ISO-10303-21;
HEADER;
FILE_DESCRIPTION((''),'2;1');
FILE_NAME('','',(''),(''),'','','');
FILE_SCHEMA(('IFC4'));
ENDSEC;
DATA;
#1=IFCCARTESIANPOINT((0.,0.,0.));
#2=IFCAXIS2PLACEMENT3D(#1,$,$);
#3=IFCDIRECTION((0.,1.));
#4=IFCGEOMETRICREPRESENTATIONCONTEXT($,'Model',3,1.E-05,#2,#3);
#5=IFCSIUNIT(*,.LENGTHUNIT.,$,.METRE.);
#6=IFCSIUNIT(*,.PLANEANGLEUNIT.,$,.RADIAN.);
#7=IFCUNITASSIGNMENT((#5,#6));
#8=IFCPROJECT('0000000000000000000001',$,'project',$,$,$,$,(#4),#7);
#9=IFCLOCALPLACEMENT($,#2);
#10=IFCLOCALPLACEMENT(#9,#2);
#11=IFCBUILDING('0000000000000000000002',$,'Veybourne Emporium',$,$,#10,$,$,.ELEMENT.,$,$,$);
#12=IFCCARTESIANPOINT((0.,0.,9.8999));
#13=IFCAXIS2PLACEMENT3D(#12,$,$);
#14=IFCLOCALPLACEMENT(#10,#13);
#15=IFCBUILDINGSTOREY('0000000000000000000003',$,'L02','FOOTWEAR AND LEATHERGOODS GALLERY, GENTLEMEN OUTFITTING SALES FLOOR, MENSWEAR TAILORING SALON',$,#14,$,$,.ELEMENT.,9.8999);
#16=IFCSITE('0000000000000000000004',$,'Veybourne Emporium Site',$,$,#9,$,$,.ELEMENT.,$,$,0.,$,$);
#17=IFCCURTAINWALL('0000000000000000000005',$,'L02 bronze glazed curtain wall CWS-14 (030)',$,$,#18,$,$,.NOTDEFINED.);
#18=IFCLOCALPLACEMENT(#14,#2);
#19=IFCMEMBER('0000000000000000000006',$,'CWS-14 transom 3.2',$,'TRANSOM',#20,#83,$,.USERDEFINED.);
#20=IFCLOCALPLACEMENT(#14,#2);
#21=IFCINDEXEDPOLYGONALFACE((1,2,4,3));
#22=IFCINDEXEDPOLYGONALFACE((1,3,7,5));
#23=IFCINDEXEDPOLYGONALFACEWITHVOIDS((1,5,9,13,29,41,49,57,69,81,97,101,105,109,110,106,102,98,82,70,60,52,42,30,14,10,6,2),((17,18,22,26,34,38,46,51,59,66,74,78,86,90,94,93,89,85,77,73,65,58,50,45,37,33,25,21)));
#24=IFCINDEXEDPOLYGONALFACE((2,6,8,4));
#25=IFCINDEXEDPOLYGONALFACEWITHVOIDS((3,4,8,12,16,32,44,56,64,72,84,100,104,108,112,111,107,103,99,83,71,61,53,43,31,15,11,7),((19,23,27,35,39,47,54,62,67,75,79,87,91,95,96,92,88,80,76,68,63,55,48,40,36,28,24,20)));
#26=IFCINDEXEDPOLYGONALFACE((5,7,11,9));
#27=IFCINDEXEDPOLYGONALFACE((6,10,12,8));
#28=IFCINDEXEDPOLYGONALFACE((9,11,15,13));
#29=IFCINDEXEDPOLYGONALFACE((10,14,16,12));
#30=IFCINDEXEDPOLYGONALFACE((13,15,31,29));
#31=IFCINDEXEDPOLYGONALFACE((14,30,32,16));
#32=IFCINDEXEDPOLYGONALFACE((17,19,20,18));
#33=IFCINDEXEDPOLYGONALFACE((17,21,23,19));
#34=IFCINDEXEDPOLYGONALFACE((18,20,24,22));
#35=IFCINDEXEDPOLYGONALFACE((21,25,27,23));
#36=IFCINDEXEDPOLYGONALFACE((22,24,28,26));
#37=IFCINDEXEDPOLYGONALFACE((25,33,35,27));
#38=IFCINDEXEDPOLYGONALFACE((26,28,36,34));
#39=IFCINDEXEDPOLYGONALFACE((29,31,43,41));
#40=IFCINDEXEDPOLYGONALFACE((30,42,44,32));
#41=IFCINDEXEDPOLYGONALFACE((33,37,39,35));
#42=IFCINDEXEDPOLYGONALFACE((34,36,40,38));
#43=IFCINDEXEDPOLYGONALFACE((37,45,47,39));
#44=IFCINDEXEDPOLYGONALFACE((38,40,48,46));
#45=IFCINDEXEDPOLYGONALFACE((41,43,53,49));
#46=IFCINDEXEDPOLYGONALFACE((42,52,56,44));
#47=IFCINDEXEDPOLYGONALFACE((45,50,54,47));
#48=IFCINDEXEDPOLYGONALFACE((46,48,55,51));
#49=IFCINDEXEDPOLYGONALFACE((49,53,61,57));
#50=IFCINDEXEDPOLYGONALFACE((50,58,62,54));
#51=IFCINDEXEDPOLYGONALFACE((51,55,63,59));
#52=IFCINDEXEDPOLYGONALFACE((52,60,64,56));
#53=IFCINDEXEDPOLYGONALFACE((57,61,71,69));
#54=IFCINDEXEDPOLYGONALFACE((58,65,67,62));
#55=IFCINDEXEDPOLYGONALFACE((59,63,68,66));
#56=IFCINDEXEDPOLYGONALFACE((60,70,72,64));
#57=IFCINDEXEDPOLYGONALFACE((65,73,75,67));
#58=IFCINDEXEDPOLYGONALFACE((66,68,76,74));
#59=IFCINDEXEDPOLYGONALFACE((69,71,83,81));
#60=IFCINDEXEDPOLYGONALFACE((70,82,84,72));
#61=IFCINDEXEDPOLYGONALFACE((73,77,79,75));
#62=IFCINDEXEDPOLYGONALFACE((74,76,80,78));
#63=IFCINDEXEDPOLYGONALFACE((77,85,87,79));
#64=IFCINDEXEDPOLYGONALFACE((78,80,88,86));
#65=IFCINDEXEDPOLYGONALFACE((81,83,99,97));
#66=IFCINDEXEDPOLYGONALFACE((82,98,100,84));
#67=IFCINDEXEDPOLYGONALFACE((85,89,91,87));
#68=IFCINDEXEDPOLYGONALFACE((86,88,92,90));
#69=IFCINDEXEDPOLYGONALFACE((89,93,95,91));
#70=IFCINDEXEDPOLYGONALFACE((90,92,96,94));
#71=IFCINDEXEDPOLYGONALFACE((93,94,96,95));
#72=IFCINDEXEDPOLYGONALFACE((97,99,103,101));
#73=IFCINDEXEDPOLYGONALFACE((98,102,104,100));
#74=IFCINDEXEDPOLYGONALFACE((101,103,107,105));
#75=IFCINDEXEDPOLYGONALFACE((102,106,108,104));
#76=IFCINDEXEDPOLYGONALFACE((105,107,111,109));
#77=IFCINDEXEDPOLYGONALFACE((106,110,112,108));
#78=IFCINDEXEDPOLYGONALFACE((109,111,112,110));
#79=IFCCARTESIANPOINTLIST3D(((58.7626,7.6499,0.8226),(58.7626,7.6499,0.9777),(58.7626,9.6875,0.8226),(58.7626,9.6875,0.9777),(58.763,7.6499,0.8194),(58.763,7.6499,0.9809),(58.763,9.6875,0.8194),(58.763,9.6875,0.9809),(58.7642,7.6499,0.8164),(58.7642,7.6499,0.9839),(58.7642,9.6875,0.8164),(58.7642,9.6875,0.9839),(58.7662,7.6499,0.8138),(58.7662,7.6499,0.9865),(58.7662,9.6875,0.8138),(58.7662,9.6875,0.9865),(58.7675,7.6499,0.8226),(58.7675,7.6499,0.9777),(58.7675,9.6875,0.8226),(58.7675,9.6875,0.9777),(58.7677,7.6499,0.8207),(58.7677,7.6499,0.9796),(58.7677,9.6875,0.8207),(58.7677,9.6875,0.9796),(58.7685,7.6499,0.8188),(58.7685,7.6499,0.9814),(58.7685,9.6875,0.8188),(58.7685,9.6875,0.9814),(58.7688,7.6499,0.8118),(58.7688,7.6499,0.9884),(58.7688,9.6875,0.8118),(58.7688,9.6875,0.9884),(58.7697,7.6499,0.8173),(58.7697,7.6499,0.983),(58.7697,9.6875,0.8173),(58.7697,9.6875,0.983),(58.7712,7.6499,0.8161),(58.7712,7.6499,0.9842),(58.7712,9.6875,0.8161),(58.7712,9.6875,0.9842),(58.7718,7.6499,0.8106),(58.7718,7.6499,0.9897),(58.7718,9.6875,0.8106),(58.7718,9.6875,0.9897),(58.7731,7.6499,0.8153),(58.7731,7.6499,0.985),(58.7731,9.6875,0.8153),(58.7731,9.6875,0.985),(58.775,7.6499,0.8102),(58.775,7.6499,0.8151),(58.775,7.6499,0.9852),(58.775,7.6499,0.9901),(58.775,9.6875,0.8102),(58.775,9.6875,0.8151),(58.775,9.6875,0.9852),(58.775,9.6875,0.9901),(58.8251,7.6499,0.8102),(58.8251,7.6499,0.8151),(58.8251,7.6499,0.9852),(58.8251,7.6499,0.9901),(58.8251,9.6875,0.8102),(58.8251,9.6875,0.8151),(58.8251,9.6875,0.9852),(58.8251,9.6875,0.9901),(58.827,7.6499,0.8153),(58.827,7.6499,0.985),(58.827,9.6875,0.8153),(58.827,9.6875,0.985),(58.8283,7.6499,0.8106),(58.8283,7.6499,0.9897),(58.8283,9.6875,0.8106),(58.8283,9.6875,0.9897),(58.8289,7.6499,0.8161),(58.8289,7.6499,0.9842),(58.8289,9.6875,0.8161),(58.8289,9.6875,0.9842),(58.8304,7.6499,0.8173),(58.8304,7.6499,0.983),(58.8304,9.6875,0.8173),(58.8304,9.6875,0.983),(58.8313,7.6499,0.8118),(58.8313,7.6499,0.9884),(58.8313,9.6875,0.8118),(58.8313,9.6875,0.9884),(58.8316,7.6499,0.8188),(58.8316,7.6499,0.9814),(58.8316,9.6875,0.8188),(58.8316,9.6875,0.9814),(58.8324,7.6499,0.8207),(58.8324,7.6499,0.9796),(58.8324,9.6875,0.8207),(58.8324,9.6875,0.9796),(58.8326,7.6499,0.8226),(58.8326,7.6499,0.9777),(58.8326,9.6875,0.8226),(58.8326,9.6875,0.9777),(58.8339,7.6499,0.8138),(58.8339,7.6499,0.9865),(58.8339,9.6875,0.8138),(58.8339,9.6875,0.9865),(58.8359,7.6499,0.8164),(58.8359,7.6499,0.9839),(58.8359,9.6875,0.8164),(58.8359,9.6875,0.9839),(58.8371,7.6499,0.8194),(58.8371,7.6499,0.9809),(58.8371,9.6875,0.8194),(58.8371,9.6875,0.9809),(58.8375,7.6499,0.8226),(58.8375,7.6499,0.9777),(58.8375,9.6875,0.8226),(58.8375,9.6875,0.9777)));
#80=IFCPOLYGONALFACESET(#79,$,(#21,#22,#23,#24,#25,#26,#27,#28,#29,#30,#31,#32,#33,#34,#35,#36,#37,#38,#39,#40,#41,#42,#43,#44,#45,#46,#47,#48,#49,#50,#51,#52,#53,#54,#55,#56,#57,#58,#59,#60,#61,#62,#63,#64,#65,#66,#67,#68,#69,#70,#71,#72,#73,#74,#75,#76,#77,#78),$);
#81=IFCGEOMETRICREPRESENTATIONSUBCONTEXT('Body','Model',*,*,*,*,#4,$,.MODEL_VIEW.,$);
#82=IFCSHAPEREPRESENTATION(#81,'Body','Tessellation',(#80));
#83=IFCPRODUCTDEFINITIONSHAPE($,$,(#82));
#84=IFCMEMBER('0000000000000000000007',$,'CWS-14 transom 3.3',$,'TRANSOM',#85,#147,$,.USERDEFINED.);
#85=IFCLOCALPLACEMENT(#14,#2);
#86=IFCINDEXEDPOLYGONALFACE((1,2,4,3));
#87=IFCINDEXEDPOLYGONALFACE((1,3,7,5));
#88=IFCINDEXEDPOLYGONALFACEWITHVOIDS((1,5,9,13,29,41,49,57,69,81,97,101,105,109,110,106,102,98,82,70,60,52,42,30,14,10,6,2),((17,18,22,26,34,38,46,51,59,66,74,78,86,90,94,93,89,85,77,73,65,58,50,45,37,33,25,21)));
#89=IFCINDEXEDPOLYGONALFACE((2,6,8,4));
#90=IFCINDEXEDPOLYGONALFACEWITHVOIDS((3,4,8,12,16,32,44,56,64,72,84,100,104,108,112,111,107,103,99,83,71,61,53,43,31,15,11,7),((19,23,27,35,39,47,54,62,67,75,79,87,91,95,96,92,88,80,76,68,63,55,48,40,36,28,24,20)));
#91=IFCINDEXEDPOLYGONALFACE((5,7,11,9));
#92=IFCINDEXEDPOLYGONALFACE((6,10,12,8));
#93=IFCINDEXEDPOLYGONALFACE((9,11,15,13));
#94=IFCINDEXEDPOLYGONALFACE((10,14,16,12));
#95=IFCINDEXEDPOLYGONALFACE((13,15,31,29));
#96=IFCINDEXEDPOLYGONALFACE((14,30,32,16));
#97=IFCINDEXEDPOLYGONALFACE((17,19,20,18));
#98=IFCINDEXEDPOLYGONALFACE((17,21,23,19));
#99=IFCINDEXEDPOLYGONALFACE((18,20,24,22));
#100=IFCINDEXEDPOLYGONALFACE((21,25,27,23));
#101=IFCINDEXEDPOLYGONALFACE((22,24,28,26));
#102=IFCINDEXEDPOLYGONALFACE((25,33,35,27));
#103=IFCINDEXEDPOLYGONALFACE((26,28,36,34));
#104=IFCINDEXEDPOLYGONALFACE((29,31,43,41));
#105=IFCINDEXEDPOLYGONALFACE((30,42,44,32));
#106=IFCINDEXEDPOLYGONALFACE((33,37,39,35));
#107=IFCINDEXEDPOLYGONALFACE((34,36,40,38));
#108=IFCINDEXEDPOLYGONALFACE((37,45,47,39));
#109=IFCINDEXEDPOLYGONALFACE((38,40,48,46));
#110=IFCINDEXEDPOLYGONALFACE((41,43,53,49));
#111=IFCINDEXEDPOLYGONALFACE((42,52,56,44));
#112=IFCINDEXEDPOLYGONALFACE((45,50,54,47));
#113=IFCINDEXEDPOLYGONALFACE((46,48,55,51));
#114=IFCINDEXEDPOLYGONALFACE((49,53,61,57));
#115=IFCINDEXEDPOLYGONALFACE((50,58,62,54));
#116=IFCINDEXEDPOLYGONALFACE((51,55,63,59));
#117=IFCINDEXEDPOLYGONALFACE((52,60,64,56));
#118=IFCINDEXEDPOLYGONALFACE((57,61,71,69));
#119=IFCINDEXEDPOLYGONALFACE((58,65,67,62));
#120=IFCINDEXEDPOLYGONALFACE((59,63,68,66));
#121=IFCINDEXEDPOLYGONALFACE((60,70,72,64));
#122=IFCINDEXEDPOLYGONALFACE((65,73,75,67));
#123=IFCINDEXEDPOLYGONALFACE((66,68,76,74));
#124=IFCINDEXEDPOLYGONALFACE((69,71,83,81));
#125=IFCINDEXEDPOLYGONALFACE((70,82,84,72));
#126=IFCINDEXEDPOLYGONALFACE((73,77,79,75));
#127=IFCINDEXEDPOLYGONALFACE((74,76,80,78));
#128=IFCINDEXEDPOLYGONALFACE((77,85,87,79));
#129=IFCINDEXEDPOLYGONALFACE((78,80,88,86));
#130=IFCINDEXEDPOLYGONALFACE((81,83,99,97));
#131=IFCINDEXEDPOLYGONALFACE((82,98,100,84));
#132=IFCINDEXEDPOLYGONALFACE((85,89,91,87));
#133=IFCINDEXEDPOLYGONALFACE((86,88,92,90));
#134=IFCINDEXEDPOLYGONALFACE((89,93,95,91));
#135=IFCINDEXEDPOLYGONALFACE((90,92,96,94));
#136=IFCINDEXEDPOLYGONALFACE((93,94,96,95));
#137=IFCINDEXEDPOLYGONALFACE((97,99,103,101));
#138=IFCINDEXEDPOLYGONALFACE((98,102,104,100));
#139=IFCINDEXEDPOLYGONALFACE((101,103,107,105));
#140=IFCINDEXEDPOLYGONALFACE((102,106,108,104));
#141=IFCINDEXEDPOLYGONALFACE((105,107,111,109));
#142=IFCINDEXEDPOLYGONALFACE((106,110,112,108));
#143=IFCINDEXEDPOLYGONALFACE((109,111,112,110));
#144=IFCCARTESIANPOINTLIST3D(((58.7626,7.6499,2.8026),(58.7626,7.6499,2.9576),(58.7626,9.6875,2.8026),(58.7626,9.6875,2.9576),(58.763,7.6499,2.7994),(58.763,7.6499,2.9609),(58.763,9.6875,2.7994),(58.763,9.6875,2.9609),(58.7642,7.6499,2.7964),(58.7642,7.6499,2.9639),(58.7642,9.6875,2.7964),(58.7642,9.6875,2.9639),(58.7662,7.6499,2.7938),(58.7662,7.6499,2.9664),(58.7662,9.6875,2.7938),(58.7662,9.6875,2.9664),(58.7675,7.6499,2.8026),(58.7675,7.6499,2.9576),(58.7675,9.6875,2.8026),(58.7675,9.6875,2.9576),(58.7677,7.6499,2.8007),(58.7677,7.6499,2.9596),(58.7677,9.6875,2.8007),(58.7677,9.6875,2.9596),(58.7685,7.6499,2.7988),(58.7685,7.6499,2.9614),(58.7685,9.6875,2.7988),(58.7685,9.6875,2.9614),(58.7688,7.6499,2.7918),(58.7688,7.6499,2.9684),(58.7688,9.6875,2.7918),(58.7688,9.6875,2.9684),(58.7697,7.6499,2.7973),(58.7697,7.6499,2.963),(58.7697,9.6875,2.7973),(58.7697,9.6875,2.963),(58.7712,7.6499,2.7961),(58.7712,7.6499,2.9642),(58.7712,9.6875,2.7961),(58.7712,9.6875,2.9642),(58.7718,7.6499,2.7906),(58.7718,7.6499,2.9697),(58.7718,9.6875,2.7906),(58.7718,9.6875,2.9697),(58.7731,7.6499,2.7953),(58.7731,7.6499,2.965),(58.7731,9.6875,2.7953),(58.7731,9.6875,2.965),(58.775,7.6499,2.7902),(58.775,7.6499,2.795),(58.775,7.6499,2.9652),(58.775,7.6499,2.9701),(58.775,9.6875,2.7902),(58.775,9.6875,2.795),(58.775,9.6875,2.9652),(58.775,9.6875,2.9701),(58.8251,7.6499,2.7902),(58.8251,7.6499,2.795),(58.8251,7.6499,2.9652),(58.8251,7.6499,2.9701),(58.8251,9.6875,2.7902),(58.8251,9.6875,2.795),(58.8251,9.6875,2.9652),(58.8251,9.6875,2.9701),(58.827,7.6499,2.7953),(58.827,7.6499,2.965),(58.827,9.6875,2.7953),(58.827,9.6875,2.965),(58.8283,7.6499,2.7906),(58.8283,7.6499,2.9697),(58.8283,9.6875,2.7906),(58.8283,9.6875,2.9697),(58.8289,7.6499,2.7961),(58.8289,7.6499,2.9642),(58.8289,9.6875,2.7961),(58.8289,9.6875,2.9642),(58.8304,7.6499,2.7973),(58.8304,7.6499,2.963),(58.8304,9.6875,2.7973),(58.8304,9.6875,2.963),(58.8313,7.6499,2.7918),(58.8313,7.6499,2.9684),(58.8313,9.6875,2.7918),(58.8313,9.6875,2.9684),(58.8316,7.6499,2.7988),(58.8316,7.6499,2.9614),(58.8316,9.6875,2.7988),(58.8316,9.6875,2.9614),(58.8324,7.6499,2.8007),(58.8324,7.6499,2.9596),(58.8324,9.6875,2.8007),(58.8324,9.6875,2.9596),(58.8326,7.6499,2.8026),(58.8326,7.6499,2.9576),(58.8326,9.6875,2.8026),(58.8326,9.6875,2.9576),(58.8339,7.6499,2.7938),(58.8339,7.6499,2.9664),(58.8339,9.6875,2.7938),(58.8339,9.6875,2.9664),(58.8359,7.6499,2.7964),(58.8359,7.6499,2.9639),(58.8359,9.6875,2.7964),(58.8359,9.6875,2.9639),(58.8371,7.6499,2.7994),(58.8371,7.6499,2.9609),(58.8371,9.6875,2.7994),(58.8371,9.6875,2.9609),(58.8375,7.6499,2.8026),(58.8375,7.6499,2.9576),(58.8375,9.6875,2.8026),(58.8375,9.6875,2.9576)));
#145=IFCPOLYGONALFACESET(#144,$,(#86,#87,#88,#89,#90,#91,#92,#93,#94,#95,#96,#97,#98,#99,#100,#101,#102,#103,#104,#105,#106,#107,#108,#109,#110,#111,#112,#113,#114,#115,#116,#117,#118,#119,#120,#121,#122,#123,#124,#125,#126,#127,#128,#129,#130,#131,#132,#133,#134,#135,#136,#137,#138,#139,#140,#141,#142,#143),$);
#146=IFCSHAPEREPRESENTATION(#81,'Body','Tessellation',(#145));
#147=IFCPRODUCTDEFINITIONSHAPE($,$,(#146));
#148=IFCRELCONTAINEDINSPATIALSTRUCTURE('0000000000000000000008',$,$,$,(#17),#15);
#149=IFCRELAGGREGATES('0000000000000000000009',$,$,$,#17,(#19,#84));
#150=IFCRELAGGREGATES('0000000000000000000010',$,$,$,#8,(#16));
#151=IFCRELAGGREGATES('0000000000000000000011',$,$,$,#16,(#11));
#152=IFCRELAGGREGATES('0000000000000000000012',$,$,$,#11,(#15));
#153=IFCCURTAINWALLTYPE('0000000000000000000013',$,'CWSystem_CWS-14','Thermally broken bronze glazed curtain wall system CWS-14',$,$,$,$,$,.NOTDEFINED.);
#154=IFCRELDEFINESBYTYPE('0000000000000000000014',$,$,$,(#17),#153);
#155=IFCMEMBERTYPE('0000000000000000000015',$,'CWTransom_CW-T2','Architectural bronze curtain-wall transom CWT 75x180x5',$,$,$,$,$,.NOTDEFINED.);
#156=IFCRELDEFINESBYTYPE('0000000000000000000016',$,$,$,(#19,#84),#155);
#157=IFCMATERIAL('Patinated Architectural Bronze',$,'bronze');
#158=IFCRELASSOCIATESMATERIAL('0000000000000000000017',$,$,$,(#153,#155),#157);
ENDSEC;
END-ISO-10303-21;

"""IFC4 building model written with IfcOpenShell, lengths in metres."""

from ifc_helpers import new_model, si_unit, direction, frame, origin, origin_2d, place, context, subcontext, project, spatial, hollow_rectangle, extrude, material, material_profile, profile_set, type_object, element, aggregate, save


model = new_model("IFC4")

# Units and contexts
model_context = context("Model", 3, precision=1e-05, world=origin(), true_north=direction((0.0, 1.0)))
body_context = subcontext(model_context, "Body", "Model", "MODEL_VIEW")
ifc_project = project(units=[si_unit("LENGTHUNIT", "METRE"), si_unit("PLANEANGLEUNIT", "RADIAN")], contexts=[model_context])

# Site, building, storey
site_placement = place(None, origin())
site = spatial("IfcSite", under=ifc_project, at=site_placement, Name="Veybourne Emporium Site", CompositionType="ELEMENT", RefElevation=0.0)
building_placement = place(site_placement, origin())
building = spatial("IfcBuilding", under=site, at=building_placement, Name="Veybourne Emporium", CompositionType="ELEMENT")
storey_placement = place(building_placement, frame((0.0, 0.0, 9.8999)))
storey = spatial("IfcBuildingStorey", under=building, at=storey_placement, Name="L02", Description="FOOTWEAR AND LEATHERGOODS GALLERY, GENTLEMEN OUTFITTING SALES FLOOR, MENSWEAR TAILORING SALON", CompositionType="ELEMENT", Elevation=9.8999)

# Curtain wall
ifc_material_1 = material(Name="Patinated Architectural Bronze", Category="bronze")
curtain_wall_type_1 = type_object("IfcCurtainWallType", Name="CWSystem_CWS-14", Description="Thermally broken bronze glazed curtain wall system CWS-14", PredefinedType="NOTDEFINED", material=ifc_material_1)
curtain_wall_1_placement = place(storey_placement, origin())
curtain_wall_1 = element("IfcCurtainWall", 1, at=curtain_wall_1_placement, inside=storey, type_object=curtain_wall_type_1, Name="L02 bronze glazed curtain wall CWS-14 (030)", PredefinedType="NOTDEFINED")

# Members
ifc_material_profile_1 = material_profile(ifc_material_1, hollow_rectangle(XDim=0.075, YDim=0.1799, WallThickness=0.0049, InnerFilletRadius=0.0076, OuterFilletRadius=0.0125, at=origin_2d()), Name="CWT 75x180x5")
ifc_profile_set_1 = profile_set([ifc_material_profile_1], Name="Patinated Architectural Bronze")
member_type_1 = type_object("IfcMemberType", Name="CWTransom_CW-T2", Description="Architectural bronze curtain-wall transom CWT 75x180x5", PredefinedType="NOTDEFINED", material=ifc_profile_set_1)
member_1_placement = place(storey_placement, frame((58.8, 9.6875, 0.9001), z_axis=(0.0, -1.0, 0.0), x_axis=(1.0, 0.0, 0.0)))
member_1 = element("IfcMember", 2, at=member_1_placement, type_object=member_type_1, Name="CWS-14 transom 3.2", ObjectType="TRANSOM", PredefinedType="USERDEFINED", context=body_context, shape_type="SweptSolid", body=[
    extrude(hollow_rectangle(XDim=0.075, YDim=0.1799, WallThickness=0.0049, InnerFilletRadius=0.0076, OuterFilletRadius=0.0125, at=origin_2d()), origin(), (0.0, 0.0, 1.0), 2.0376),
])
member_2_placement = place(storey_placement, frame((58.8, 9.6875, 2.8801), z_axis=(0.0, -1.0, 0.0), x_axis=(1.0, 0.0, 0.0)))
member_2 = element("IfcMember", 3, at=member_2_placement, type_object=member_type_1, Name="CWS-14 transom 3.3", ObjectType="TRANSOM", PredefinedType="USERDEFINED", context=body_context, shape_type="SweptSolid", body=[
    extrude(hollow_rectangle(XDim=0.075, YDim=0.1799, WallThickness=0.0049, InnerFilletRadius=0.0076, OuterFilletRadius=0.0125, at=origin_2d()), origin(), (0.0, 0.0, 1.0), 2.0376),
])

aggregate(curtain_wall_1, [member_1, member_2])

save(model, "model.ifc")
